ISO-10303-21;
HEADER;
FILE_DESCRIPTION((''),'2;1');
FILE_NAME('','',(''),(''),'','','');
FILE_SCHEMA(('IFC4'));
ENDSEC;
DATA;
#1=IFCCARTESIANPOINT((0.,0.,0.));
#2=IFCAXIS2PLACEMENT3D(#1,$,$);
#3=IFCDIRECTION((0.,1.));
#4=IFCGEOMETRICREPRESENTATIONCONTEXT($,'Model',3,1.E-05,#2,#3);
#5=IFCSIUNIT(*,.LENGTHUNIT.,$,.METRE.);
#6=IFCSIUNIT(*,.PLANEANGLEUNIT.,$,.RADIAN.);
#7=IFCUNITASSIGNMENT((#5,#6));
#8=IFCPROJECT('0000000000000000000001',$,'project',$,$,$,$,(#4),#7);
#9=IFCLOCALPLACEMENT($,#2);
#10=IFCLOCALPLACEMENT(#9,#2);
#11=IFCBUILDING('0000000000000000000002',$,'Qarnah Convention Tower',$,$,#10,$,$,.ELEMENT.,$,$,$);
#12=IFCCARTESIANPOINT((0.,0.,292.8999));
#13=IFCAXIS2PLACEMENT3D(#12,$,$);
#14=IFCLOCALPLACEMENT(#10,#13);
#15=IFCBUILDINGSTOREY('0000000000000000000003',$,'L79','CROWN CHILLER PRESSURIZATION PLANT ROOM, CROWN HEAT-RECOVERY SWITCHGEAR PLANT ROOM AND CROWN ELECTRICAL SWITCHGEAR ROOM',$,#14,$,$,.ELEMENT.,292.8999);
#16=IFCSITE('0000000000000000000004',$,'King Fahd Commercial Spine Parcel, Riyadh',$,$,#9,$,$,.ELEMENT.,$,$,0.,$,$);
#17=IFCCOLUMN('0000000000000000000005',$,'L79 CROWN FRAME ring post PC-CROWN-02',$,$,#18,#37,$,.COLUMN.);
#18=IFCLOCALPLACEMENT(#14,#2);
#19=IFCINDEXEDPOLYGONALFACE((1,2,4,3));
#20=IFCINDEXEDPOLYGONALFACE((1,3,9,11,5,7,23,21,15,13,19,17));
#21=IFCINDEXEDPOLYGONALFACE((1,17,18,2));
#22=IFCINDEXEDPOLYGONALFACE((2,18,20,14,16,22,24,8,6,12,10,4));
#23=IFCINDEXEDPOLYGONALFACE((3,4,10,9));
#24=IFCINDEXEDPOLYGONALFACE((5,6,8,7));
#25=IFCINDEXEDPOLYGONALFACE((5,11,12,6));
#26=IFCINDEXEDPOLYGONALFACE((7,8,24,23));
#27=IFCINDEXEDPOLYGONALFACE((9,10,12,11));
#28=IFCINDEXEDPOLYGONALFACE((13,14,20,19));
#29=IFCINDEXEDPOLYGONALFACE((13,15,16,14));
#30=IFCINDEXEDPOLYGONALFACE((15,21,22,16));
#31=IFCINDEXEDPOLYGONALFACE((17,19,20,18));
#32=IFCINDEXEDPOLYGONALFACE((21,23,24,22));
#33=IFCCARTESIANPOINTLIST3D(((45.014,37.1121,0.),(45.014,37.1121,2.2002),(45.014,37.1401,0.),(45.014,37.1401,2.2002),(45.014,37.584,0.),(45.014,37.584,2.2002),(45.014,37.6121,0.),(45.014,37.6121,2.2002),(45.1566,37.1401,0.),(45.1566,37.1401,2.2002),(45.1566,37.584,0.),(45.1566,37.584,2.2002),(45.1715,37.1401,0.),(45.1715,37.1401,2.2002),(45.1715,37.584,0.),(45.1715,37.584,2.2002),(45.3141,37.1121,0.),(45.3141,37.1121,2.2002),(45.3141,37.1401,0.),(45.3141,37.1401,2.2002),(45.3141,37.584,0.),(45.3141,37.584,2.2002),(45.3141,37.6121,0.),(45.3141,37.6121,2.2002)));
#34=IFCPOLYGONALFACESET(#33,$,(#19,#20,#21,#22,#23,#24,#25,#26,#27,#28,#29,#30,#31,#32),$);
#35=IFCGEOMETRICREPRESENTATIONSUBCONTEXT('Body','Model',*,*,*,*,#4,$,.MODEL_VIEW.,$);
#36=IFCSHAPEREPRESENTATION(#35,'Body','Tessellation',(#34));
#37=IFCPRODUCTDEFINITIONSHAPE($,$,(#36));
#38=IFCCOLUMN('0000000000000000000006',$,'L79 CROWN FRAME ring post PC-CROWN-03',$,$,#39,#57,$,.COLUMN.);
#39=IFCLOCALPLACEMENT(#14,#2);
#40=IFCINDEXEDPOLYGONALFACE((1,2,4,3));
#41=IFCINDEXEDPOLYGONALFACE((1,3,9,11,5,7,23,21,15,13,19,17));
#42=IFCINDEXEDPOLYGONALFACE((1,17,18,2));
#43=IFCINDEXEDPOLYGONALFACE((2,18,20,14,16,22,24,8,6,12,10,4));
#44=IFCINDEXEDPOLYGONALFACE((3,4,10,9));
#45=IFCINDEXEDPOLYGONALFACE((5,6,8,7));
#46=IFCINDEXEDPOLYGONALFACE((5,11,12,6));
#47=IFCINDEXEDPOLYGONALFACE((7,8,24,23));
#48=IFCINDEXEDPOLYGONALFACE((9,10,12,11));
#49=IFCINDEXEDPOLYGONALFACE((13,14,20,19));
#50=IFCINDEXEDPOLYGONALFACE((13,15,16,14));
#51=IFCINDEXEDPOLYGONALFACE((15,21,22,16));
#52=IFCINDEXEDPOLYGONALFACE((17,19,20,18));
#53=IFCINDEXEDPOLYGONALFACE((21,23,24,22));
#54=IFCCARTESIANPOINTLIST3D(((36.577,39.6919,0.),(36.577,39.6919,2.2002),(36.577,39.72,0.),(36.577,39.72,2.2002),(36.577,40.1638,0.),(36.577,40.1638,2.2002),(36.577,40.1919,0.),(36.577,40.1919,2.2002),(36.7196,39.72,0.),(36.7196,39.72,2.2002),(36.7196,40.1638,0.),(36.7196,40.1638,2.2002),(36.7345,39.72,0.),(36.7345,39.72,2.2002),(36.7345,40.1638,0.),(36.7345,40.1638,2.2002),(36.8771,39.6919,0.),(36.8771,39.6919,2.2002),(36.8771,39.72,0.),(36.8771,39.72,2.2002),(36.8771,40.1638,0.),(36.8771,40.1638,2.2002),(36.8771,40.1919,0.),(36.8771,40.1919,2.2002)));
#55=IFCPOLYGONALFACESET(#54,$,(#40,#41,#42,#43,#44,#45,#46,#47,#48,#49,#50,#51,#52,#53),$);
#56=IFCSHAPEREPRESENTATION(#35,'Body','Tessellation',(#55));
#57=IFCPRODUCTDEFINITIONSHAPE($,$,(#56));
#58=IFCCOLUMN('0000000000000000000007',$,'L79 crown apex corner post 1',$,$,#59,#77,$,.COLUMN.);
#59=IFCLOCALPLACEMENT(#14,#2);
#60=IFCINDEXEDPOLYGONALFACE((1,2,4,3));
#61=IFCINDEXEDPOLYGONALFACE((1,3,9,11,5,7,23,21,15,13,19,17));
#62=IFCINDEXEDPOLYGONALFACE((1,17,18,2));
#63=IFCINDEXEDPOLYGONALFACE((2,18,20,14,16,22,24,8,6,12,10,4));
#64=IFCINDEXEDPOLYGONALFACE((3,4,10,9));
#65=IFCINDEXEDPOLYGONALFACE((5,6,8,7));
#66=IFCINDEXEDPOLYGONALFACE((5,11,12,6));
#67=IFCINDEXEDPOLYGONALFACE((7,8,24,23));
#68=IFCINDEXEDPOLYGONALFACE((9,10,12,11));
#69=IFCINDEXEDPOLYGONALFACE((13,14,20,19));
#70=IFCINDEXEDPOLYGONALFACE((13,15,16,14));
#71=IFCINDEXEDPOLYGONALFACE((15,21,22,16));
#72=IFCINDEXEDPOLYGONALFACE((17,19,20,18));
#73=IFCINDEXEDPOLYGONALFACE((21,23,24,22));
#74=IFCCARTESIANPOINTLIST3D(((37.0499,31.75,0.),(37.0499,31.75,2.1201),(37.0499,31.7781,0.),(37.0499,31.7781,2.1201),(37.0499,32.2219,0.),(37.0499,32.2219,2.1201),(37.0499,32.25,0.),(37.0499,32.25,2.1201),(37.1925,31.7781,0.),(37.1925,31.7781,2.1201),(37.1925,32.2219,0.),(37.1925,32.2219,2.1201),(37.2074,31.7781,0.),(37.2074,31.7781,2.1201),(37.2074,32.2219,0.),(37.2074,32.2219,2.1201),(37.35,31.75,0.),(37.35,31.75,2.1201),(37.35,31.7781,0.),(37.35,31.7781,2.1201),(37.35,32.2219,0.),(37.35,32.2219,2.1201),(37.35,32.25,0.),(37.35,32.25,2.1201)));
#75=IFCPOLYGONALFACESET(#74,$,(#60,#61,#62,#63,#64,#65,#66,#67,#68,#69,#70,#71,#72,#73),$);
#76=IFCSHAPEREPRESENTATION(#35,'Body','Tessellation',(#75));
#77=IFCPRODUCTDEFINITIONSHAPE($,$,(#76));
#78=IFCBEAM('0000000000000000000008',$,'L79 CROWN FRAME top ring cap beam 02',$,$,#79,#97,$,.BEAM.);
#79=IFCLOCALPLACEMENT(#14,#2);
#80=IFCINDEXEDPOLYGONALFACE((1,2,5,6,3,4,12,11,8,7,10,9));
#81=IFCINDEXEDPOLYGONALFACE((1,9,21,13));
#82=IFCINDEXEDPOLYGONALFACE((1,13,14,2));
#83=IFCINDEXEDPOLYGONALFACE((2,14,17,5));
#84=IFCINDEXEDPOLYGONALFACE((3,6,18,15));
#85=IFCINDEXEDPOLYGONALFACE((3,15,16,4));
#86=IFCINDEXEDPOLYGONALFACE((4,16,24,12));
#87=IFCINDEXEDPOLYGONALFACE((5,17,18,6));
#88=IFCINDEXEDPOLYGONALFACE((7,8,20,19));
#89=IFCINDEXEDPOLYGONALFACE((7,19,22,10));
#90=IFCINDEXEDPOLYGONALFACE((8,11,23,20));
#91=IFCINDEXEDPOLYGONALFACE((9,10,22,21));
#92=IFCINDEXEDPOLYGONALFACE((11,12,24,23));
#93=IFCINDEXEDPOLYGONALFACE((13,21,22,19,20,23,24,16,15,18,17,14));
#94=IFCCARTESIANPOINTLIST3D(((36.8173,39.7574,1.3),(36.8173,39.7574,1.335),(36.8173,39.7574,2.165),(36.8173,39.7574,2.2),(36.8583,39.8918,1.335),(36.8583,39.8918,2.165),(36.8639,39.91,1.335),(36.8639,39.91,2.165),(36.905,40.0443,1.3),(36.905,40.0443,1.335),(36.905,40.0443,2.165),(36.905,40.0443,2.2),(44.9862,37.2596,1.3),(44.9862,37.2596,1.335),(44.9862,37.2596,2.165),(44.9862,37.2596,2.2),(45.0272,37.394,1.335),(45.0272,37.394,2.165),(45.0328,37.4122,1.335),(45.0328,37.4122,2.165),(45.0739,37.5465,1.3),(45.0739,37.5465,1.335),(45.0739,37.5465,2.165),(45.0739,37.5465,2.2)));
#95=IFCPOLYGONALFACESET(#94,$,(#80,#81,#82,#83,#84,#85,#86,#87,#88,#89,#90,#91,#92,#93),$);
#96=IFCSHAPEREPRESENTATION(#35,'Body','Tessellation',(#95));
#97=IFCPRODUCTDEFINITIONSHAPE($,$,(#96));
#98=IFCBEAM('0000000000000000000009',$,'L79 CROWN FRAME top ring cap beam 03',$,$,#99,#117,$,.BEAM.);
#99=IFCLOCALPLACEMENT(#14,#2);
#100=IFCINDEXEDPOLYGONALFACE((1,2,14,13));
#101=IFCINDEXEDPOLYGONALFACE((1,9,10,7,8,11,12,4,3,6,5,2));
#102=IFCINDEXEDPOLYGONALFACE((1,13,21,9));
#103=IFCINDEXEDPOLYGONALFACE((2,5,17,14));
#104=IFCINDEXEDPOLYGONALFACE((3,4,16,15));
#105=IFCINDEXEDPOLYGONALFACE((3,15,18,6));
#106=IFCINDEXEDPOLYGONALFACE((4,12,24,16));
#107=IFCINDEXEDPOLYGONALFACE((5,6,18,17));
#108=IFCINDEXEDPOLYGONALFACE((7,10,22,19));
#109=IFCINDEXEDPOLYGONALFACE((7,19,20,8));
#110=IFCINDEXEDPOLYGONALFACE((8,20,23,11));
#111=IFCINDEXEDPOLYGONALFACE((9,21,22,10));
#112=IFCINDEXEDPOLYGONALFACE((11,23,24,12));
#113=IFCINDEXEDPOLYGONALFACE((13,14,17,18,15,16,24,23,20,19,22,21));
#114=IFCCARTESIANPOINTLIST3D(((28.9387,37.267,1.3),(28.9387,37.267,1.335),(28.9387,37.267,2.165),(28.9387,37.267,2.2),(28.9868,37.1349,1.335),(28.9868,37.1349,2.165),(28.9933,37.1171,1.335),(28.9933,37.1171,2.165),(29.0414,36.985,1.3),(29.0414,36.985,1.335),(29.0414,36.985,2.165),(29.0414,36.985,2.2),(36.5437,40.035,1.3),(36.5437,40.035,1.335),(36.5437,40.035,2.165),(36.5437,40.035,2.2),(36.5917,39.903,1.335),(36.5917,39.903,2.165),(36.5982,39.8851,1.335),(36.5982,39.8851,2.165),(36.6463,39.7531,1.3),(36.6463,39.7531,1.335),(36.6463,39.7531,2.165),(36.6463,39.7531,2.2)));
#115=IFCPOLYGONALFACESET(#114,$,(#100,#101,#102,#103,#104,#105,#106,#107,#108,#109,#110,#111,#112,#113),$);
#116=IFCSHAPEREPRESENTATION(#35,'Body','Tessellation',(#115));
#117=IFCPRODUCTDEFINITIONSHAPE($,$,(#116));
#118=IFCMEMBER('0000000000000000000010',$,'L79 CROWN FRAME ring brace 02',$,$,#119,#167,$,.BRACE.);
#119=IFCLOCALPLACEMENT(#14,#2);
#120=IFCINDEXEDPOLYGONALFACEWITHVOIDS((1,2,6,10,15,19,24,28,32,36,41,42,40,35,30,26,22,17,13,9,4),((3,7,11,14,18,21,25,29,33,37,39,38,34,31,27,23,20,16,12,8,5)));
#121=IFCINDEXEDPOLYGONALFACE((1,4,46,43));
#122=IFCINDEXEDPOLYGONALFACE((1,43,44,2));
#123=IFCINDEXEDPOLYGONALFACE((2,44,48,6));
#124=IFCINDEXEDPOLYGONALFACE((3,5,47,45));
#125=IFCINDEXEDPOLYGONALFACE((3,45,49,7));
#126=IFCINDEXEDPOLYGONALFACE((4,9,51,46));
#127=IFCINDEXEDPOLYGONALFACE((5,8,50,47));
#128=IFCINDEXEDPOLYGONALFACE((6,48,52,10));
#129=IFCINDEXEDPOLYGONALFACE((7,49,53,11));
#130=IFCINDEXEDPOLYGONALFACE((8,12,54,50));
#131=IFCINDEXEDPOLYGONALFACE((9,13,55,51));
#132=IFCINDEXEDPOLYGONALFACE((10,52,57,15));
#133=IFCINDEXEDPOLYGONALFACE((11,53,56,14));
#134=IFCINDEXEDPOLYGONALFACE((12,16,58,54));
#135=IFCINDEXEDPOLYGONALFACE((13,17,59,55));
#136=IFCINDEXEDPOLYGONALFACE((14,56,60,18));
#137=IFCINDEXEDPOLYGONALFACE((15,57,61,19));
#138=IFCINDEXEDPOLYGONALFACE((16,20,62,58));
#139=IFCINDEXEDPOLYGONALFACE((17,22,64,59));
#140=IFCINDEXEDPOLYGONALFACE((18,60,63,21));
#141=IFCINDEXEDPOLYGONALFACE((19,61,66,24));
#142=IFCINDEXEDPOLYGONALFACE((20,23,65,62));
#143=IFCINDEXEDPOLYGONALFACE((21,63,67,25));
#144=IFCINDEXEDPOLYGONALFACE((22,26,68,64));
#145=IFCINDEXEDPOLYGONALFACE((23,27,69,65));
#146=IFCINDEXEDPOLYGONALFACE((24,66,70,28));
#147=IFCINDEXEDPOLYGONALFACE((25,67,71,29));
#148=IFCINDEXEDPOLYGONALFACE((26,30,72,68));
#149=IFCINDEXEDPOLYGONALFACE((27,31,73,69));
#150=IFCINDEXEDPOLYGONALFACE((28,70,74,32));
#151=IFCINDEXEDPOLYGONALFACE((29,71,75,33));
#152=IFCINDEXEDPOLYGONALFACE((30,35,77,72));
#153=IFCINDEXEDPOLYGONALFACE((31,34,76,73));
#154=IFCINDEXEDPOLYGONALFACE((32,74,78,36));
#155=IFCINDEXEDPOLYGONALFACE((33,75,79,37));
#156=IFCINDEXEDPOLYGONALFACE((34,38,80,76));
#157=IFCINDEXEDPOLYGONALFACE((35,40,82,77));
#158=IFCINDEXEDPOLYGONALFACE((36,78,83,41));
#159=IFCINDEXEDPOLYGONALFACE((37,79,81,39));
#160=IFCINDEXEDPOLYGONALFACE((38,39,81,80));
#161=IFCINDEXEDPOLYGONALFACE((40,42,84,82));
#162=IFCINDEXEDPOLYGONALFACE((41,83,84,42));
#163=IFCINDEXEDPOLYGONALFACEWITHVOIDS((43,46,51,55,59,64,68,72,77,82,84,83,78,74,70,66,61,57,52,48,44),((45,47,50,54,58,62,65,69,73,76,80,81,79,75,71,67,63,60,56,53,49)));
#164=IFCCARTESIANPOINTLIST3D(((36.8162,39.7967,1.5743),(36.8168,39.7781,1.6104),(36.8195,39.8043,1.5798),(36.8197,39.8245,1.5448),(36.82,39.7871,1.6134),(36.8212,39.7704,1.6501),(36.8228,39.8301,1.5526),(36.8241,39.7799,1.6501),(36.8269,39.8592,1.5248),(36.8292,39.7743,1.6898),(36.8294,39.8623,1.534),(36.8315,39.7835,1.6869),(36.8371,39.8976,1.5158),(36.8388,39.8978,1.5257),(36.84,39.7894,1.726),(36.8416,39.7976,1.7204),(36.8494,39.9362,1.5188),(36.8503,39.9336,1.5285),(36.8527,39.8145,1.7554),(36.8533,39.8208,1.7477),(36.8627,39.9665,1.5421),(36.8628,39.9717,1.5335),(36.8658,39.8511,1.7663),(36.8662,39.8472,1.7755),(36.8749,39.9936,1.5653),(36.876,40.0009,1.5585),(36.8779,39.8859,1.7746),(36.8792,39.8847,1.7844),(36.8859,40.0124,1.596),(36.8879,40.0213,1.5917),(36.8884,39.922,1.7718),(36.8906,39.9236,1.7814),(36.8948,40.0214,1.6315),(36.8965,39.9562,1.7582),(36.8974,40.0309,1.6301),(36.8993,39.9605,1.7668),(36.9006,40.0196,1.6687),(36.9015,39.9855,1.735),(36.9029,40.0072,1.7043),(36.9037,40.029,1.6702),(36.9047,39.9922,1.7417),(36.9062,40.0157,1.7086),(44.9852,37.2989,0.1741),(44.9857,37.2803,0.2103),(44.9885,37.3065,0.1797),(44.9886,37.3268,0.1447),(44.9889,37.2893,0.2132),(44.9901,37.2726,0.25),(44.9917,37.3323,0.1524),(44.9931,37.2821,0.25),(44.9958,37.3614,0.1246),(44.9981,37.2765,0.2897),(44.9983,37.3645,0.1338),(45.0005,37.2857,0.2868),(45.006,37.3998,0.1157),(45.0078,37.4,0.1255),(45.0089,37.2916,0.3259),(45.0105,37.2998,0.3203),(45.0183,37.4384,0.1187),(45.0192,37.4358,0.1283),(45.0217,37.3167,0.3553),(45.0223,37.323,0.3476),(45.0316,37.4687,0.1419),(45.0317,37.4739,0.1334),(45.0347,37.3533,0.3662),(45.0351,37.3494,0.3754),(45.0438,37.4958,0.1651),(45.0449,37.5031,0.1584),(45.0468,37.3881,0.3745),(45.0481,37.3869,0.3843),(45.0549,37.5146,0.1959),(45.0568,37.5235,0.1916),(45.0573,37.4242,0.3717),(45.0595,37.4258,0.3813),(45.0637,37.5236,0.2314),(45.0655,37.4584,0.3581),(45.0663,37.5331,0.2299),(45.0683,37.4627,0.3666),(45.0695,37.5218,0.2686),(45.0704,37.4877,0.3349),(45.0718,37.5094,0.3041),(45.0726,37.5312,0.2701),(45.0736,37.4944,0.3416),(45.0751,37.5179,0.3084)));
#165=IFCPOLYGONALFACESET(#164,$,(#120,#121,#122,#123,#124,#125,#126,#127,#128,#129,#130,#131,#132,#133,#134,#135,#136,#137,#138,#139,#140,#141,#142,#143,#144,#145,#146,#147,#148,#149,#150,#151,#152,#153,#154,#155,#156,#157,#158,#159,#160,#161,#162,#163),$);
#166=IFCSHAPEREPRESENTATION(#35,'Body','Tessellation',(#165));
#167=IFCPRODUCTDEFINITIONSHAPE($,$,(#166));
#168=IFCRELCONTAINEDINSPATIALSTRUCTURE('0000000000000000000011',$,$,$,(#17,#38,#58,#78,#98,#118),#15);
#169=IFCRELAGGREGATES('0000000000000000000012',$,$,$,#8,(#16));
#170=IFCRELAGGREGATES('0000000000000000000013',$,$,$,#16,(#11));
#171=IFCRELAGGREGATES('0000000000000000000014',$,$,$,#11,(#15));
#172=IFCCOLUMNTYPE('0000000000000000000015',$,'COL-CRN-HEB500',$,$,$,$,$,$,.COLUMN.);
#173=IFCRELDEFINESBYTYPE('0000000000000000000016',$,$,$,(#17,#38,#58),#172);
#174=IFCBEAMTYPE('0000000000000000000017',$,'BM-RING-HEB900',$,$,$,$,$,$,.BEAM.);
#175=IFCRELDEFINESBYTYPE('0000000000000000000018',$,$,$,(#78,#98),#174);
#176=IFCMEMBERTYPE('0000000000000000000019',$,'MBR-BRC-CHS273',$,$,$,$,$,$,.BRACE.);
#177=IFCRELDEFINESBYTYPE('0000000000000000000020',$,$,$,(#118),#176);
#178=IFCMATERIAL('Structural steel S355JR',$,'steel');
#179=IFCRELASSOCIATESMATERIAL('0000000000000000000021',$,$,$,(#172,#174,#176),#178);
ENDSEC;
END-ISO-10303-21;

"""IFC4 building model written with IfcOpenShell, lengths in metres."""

from ifc_helpers import new_model, si_unit, direction, frame, origin, origin_2d, place, context, subcontext, project, spatial, hollow_circle, i_section, extrude, material, material_profile, profile_set, type_object, element, save


model = new_model("IFC4")

# Units and contexts
model_context = context("Model", 3, precision=1e-05, world=origin(), true_north=direction((0.0, 1.0)))
body_context = subcontext(model_context, "Body", "Model", "MODEL_VIEW")
ifc_project = project(units=[si_unit("LENGTHUNIT", "METRE"), si_unit("PLANEANGLEUNIT", "RADIAN")], contexts=[model_context])

# Site, building, storey
site_placement = place(None, origin())
site = spatial("IfcSite", under=ifc_project, at=site_placement, Name="King Fahd Commercial Spine Parcel, Riyadh", CompositionType="ELEMENT", RefElevation=0.0)
building_placement = place(site_placement, origin())
building = spatial("IfcBuilding", under=site, at=building_placement, Name="Qarnah Convention Tower", CompositionType="ELEMENT")
storey_placement = place(building_placement, frame((0.0, 0.0, 292.8999)))
storey = spatial("IfcBuildingStorey", under=building, at=storey_placement, Name="L79", Description="CROWN CHILLER PRESSURIZATION PLANT ROOM, CROWN HEAT-RECOVERY SWITCHGEAR PLANT ROOM AND CROWN ELECTRICAL SWITCHGEAR ROOM", CompositionType="ELEMENT", Elevation=292.8999)

# Columns
ifc_material_1 = material(Name="Structural steel S355JR", Category="steel")
ifc_material_profile_1 = material_profile(ifc_material_1, i_section(OverallWidth=0.3, OverallDepth=0.5, WebThickness=0.0149, FlangeThickness=0.0281, at=origin_2d()), Name="HEB500")
ifc_profile_set_1 = profile_set([ifc_material_profile_1], Name="Structural steel S355JR")
column_type = type_object("IfcColumnType", Name="COL-CRN-HEB500", PredefinedType="COLUMN", material=ifc_profile_set_1)
for number, where, z_axis, x_axis, name in (
    (1, (45.1641, 37.3621, 0.0), (0.0, 0.0, 1.0), (1.0, 0.0, 0.0), "L79 CROWN FRAME ring post PC-CROWN-02"),
    (2, (36.7271, 39.9419, 0.0), (0.0, 0.0, 1.0), (1.0, 0.0, 0.0), "L79 CROWN FRAME ring post PC-CROWN-03"),
):
    element("IfcColumn", number, at=place(storey_placement, frame(where, z_axis=z_axis, x_axis=x_axis)), inside=storey, type_object=column_type, Name=name, PredefinedType="COLUMN", context=body_context, shape_type="SweptSolid", body=[
        extrude(i_section(OverallWidth=0.3, OverallDepth=0.5, WebThickness=0.0149, FlangeThickness=0.0281, at=origin_2d()), origin(), (0.0, 0.0, 1.0), 2.2002),
    ])
column_placement = place(storey_placement, frame((37.2, 32.0, 0.0), z_axis=(0.0, 0.0, 1.0), x_axis=(1.0, 0.0, 0.0)))
element("IfcColumn", 3, at=column_placement, inside=storey, type_object=column_type, Name="L79 crown apex corner post 1", PredefinedType="COLUMN", context=body_context, shape_type="SweptSolid", body=[
    extrude(i_section(OverallWidth=0.3, OverallDepth=0.5, WebThickness=0.0149, FlangeThickness=0.0281, at=origin_2d()), origin(), (0.0, 0.0, 1.0), 2.1201),
])

# Beams
ifc_material_profile_2 = material_profile(ifc_material_1, i_section(OverallWidth=0.3, OverallDepth=0.8999, WebThickness=0.019, FlangeThickness=0.0349, at=origin_2d()), Name="HEB900")
ifc_profile_set_2 = profile_set([ifc_material_profile_2], Name="Structural steel S355JR")
beam_type = type_object("IfcBeamType", Name="BM-RING-HEB900", PredefinedType="BEAM", material=ifc_profile_set_2)
beam_1_placement = place(storey_placement, frame((45.03, 37.4031, 1.75), z_axis=(-0.956295, 0.292404, 0.0), x_axis=(-0.292404, -0.956295, 0.0)))
element("IfcBeam", 4, at=beam_1_placement, inside=storey, type_object=beam_type, Name="L79 CROWN FRAME top ring cap beam 02", PredefinedType="BEAM", context=body_context, shape_type="SweptSolid", body=[
    extrude(i_section(OverallWidth=0.3, OverallDepth=0.8999, WebThickness=0.019, FlangeThickness=0.0349, at=origin_2d()), origin(), (0.0, 0.0, 1.0), 8.5422),
])
beam_2_placement = place(storey_placement, frame((36.595, 39.894, 1.75), z_axis=(-0.939689, -0.342029, 0.0), x_axis=(0.342029, -0.939689, 0.0)))
element("IfcBeam", 5, at=beam_2_placement, inside=storey, type_object=beam_type, Name="L79 CROWN FRAME top ring cap beam 03", PredefinedType="BEAM", context=body_context, shape_type="SweptSolid", body=[
    extrude(i_section(OverallWidth=0.3, OverallDepth=0.8999, WebThickness=0.019, FlangeThickness=0.0349, at=origin_2d()), origin(), (0.0, 0.0, 1.0), 8.093),
])

# Member
ifc_material_profile_3 = material_profile(ifc_material_1, hollow_circle(Radius=0.1365, WallThickness=0.01, at=origin_2d()), Name="CHS273X10")
ifc_profile_set_3 = profile_set([ifc_material_profile_3], Name="Structural steel S355JR")
member_type_1 = type_object("IfcMemberType", Name="MBR-BRC-CHS273", PredefinedType="BRACE", material=ifc_profile_set_3)
member_1_placement = place(storey_placement, frame((45.03, 37.4031, 0.25), z_axis=(-0.943702, 0.288554, 0.161749), x_axis=(-0.292404, -0.956295, 0.0)))
element("IfcMember", 6, at=member_1_placement, inside=storey, type_object=member_type_1, Name="L79 CROWN FRAME ring brace 02", PredefinedType="BRACE", context=body_context, shape_type="SweptSolid", body=[
    extrude(hollow_circle(Radius=0.1365, WallThickness=0.01, at=origin_2d()), origin(), (0.0, 0.0, 1.0), 8.6562),
])

save(model, "model.ifc")
